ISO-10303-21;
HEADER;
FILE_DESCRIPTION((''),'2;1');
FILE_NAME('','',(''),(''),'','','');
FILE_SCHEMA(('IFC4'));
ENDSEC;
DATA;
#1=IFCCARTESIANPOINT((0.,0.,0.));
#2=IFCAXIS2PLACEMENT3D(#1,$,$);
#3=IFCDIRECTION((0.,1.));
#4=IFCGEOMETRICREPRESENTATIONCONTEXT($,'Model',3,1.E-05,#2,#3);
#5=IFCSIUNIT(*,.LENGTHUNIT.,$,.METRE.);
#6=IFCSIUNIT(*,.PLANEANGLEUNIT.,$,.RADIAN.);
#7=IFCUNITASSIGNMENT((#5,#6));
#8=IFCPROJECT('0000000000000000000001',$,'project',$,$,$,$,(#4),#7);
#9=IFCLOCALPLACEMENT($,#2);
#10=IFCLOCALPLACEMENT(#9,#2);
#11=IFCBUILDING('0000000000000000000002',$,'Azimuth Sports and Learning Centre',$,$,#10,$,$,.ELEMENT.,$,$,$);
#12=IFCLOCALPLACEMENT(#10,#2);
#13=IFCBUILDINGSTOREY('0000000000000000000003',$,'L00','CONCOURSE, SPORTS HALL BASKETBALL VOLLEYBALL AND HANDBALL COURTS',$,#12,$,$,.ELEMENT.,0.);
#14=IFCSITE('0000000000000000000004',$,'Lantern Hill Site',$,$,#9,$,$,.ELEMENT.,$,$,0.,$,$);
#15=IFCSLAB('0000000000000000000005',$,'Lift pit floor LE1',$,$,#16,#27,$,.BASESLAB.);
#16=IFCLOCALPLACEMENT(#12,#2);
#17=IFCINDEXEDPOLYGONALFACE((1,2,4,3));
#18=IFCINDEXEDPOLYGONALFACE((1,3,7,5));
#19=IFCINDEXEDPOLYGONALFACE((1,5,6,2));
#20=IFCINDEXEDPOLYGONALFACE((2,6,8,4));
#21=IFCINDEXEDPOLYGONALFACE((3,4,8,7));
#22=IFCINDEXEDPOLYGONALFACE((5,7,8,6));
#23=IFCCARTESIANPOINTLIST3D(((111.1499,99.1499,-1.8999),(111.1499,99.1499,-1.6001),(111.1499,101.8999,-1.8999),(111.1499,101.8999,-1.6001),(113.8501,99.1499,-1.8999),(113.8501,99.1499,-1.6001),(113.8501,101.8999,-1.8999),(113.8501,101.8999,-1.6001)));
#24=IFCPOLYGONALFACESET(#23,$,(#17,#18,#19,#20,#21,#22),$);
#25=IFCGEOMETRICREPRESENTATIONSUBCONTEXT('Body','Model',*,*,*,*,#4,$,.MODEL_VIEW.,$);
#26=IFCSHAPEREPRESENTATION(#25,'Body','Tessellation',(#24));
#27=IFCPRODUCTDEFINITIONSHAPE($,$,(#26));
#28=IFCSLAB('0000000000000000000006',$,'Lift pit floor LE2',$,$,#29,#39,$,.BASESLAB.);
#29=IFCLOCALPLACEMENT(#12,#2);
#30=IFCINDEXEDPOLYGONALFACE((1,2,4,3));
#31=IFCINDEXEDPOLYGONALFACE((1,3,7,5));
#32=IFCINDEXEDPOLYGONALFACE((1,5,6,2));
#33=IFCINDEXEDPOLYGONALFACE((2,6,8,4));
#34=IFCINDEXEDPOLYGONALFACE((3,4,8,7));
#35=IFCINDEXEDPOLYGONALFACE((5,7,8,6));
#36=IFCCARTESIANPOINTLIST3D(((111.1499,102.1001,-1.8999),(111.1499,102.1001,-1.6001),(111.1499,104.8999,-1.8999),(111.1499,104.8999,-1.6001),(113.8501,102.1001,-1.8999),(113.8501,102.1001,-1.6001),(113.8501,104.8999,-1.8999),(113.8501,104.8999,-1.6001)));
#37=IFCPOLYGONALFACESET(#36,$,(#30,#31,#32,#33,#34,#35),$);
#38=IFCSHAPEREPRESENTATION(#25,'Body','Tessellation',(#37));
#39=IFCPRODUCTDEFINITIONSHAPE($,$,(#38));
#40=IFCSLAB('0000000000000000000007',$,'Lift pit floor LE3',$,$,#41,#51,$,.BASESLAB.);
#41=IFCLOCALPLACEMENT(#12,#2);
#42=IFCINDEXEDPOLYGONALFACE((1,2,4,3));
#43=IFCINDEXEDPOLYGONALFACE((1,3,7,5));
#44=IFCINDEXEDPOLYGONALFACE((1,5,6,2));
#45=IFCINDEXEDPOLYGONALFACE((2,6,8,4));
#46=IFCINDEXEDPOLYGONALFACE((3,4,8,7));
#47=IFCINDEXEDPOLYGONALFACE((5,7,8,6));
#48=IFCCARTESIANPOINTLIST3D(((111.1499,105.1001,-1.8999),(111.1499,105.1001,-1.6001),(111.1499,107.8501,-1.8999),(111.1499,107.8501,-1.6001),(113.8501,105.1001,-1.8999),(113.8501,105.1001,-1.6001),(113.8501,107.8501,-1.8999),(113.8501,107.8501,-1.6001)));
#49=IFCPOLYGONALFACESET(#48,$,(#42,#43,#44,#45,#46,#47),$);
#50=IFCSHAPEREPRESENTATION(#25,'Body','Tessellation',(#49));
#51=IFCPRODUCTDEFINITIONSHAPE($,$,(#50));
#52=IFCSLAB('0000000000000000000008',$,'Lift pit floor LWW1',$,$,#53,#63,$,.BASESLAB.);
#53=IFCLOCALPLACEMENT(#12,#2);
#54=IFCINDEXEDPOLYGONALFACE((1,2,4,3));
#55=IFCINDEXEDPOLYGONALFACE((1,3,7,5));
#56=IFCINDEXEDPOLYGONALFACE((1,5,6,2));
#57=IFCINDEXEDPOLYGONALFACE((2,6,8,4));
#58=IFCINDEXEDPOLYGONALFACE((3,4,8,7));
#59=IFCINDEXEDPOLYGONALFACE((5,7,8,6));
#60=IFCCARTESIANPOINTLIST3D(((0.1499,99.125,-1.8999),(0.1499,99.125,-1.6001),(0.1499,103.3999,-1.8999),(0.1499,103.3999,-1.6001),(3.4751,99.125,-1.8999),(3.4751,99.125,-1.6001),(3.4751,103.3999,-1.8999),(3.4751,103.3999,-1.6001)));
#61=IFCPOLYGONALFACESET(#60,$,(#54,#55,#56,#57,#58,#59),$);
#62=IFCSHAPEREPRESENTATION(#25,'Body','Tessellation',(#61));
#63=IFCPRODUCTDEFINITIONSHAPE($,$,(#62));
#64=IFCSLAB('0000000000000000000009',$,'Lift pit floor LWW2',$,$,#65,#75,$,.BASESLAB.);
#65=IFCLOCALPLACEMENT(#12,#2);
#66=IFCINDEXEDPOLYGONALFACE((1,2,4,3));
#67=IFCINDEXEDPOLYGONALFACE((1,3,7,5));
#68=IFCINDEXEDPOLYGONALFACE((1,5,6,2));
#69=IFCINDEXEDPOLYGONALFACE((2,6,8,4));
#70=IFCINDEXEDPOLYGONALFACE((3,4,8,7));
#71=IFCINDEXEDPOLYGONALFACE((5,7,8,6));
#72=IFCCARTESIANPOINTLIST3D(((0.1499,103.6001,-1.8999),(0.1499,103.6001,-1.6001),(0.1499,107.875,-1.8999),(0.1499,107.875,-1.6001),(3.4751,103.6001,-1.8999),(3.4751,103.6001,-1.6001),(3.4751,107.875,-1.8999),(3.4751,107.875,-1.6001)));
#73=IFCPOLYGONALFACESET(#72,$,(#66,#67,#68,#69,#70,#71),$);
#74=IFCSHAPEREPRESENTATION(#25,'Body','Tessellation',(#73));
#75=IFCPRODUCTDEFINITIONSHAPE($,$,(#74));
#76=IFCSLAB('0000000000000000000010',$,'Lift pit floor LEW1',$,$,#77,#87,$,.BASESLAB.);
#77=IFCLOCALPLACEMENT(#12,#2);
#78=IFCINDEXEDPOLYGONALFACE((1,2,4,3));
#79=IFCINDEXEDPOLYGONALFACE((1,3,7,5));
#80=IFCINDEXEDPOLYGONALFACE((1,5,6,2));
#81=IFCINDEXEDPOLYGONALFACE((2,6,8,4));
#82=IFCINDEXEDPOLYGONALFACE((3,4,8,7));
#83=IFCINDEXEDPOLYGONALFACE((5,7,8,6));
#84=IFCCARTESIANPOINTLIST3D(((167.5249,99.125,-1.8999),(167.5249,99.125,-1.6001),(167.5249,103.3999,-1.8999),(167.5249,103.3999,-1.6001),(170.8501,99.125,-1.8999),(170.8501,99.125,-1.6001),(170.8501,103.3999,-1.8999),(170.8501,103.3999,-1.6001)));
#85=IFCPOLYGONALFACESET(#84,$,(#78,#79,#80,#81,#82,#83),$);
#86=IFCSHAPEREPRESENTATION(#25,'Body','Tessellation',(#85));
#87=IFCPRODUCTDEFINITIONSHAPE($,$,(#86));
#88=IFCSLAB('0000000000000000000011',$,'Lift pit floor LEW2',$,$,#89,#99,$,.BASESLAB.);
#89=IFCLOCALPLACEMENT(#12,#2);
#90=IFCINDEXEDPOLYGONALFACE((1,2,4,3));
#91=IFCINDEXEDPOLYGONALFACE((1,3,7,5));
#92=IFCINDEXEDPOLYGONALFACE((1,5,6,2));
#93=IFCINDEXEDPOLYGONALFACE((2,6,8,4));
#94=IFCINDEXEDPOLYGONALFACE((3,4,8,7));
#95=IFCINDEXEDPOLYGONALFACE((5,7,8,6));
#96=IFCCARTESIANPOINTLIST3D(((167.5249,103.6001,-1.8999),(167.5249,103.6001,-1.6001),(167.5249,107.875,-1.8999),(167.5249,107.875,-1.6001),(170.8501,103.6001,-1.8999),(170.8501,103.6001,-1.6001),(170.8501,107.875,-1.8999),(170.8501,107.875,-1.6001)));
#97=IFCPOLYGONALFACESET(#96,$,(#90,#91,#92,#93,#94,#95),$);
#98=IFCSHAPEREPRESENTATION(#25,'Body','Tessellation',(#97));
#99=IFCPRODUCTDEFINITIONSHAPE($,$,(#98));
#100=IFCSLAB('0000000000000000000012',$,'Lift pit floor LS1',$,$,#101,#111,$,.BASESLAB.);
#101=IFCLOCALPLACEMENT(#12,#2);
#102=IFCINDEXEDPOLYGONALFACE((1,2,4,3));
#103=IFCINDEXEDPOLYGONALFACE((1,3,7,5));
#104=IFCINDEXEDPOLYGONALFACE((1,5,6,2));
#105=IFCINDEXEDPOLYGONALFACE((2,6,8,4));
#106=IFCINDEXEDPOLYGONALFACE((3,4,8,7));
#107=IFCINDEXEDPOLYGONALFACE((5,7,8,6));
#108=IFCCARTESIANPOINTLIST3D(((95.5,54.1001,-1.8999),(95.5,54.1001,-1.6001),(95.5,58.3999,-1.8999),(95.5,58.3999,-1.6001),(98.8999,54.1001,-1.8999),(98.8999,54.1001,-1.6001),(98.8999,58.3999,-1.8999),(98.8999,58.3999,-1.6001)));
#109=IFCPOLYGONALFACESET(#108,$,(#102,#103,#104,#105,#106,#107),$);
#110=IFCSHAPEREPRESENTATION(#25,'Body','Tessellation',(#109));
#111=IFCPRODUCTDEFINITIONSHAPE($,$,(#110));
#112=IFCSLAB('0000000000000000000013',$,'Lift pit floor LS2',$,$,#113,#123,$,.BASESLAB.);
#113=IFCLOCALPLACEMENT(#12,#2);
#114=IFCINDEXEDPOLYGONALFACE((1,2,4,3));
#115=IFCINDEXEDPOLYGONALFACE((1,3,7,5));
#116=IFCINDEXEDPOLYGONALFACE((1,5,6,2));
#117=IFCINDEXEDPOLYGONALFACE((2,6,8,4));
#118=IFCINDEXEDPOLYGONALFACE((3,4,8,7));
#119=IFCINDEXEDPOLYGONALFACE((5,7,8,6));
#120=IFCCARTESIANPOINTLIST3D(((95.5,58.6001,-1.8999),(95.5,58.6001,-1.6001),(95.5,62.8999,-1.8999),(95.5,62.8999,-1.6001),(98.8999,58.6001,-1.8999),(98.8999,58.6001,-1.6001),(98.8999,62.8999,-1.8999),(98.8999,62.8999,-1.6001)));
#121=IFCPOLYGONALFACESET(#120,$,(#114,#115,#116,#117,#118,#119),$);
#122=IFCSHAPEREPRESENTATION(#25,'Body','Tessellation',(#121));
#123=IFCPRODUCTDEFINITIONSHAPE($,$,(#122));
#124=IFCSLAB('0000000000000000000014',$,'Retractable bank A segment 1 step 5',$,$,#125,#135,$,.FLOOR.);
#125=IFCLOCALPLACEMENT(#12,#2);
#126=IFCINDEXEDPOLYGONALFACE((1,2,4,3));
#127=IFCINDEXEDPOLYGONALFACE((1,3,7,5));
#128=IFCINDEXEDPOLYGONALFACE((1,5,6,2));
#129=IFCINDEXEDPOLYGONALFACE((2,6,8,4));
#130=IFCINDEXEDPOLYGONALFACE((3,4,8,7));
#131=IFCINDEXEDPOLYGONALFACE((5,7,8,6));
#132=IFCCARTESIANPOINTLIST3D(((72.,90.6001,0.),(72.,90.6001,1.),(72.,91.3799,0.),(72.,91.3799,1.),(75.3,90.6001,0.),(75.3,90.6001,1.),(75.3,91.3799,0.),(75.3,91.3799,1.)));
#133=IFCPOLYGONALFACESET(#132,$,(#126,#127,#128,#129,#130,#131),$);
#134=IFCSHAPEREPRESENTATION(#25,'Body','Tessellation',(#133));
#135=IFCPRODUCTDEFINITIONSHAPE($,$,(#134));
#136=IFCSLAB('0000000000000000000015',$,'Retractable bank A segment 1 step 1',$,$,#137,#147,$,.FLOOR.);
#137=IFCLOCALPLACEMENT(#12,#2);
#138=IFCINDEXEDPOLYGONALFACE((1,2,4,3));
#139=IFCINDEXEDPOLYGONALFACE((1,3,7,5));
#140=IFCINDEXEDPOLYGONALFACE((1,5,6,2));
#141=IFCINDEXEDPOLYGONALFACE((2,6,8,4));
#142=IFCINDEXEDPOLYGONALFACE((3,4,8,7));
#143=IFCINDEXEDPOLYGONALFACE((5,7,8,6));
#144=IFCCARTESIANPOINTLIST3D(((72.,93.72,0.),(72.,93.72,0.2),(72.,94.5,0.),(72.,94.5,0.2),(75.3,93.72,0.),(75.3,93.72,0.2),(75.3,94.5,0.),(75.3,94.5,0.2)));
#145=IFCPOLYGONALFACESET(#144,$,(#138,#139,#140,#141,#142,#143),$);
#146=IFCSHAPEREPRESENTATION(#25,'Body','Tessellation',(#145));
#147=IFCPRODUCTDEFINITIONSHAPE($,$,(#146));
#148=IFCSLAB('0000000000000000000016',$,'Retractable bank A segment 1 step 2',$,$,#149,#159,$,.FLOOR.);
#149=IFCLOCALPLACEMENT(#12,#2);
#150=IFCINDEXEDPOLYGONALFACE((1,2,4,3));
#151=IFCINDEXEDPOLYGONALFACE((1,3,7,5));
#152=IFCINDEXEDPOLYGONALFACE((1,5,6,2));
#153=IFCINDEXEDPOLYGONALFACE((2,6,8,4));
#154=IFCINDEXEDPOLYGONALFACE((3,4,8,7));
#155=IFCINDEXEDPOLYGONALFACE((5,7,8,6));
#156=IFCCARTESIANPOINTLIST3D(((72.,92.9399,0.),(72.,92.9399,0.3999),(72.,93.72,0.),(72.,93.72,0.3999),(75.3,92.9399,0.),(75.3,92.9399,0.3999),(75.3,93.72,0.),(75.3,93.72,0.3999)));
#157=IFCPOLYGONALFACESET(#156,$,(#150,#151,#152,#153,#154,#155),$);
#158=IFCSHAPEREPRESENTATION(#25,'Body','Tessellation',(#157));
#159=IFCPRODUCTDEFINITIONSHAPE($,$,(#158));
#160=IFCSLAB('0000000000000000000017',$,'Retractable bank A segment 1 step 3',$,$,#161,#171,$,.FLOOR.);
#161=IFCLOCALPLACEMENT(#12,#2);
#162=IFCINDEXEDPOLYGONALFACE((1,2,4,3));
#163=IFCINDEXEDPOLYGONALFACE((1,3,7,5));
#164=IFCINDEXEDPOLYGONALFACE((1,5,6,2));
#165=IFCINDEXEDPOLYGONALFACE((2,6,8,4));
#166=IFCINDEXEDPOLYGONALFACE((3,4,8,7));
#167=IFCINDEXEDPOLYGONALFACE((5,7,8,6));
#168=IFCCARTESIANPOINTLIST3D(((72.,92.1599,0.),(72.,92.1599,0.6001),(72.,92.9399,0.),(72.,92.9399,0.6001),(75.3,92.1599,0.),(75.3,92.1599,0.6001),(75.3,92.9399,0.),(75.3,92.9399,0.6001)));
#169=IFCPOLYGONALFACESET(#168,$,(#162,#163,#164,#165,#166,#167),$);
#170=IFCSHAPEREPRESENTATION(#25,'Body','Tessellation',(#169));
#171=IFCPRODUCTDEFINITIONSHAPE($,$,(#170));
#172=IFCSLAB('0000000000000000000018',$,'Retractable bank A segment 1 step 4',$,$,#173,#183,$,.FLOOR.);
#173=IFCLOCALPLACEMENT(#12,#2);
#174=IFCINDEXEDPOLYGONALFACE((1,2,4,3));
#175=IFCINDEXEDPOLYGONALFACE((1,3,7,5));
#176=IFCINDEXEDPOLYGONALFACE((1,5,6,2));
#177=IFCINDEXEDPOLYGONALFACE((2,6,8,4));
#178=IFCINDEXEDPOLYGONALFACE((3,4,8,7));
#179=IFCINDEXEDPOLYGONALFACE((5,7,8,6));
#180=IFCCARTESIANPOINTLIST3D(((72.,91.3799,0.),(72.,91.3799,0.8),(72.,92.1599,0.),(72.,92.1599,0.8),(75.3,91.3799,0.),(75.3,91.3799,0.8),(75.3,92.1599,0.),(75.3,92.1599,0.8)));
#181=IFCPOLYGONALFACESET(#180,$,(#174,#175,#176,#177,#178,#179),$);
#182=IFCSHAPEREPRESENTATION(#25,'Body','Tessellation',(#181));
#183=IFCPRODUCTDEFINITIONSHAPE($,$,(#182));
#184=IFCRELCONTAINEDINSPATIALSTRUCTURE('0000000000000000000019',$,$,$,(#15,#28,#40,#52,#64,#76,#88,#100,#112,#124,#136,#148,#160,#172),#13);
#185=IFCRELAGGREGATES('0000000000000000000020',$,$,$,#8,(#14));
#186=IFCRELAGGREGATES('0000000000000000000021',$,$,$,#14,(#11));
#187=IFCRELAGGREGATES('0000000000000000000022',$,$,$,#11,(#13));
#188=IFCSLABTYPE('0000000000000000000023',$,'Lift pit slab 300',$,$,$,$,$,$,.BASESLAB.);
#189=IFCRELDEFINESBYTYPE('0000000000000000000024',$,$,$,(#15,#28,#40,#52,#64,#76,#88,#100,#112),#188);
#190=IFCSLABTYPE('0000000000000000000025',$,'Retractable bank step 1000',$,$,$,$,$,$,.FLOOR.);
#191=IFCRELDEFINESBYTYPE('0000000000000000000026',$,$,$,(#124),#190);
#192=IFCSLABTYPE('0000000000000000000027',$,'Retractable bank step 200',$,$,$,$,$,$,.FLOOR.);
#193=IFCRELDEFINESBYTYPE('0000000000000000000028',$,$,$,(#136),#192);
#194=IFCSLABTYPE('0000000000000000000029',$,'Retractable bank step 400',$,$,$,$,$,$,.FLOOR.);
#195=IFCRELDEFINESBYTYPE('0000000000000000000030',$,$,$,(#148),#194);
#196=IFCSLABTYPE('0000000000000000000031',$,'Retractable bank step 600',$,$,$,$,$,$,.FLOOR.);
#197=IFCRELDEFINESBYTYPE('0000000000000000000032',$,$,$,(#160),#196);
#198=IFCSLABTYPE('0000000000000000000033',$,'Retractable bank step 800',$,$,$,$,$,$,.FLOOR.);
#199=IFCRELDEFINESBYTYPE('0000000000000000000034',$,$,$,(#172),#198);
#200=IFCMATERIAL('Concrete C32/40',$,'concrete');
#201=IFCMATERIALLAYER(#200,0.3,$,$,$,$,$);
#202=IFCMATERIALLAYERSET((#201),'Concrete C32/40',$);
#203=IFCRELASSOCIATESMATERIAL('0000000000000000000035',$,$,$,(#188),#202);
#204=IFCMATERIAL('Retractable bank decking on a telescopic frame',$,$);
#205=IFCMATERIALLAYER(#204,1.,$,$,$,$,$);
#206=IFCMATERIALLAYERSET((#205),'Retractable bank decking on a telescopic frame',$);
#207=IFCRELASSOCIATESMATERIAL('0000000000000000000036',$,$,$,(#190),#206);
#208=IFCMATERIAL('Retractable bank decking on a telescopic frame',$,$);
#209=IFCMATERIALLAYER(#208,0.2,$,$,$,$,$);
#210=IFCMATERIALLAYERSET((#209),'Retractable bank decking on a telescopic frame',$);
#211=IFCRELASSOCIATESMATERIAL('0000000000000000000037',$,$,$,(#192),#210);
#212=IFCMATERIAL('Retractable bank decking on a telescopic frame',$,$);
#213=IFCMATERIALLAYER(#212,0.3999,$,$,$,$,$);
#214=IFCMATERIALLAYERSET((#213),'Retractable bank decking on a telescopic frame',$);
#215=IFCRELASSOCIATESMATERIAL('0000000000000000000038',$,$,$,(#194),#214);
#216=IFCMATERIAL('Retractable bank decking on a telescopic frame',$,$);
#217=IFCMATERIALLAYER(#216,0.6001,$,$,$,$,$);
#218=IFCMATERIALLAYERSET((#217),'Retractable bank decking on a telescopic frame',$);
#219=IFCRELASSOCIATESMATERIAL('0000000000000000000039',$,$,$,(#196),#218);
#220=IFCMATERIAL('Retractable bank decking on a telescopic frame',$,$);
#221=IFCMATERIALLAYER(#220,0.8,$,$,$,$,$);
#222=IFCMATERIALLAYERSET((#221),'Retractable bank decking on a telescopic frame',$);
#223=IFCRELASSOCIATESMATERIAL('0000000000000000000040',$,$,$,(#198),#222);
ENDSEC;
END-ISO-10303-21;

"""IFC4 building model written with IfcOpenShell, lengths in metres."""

from ifc_helpers import new_model, si_unit, direction, frame, origin, place, context, subcontext, project, spatial, polyline, outline, extrude, material, layer, layer_set, type_object, element, save


model = new_model("IFC4")

# Units and contexts
model_context = context("Model", 3, precision=1e-05, world=origin(), true_north=direction((0.0, 1.0)))
body_context = subcontext(model_context, "Body", "Model", "MODEL_VIEW")
ifc_project = project(units=[si_unit("LENGTHUNIT", "METRE"), si_unit("PLANEANGLEUNIT", "RADIAN")], contexts=[model_context])

# Site, building, storey
site_placement = place(None, origin())
site = spatial("IfcSite", under=ifc_project, at=site_placement, Name="Lantern Hill Site", CompositionType="ELEMENT", RefElevation=0.0)
building_placement = place(site_placement, origin())
building = spatial("IfcBuilding", under=site, at=building_placement, Name="Azimuth Sports and Learning Centre", CompositionType="ELEMENT")
storey_placement = place(building_placement, origin())
storey = spatial("IfcBuildingStorey", under=building, at=storey_placement, Name="L00", Description="CONCOURSE, SPORTS HALL BASKETBALL VOLLEYBALL AND HANDBALL COURTS", CompositionType="ELEMENT", Elevation=0.0)

# Slabs
ifc_material_1 = material(Name="Concrete C32/40", Category="concrete")
ifc_layer_1 = layer(ifc_material_1, 0.3)
ifc_layer_set_1 = layer_set([ifc_layer_1], Name="Concrete C32/40")
slab_type_1 = type_object("IfcSlabType", Name="Lift pit slab 300", PredefinedType="BASESLAB", material=ifc_layer_set_1)
slab_1_placement = place(storey_placement, frame((0.0, 0.0, -1.8999)))
element("IfcSlab", 1, at=slab_1_placement, inside=storey, type_object=slab_type_1, Name="Lift pit floor LE1", PredefinedType="BASESLAB", context=body_context, shape_type="SweptSolid", body=[
    extrude(outline(polyline([(111.1499, 99.1499), (113.8501, 99.1499), (113.8501, 101.8999), (111.1499, 101.8999), (111.1499, 99.1499)])), origin(), (0.0, 0.0, 1.0), 0.2998),
])
slab_2_placement = place(storey_placement, frame((0.0, 0.0, -1.8999)))
element("IfcSlab", 2, at=slab_2_placement, inside=storey, type_object=slab_type_1, Name="Lift pit floor LE2", PredefinedType="BASESLAB", context=body_context, shape_type="SweptSolid", body=[
    extrude(outline(polyline([(111.1499, 102.1001), (113.8501, 102.1001), (113.8501, 104.8999), (111.1499, 104.8999), (111.1499, 102.1001)])), origin(), (0.0, 0.0, 1.0), 0.2998),
])
slab_3_placement = place(storey_placement, frame((0.0, 0.0, -1.8999)))
element("IfcSlab", 3, at=slab_3_placement, inside=storey, type_object=slab_type_1, Name="Lift pit floor LE3", PredefinedType="BASESLAB", context=body_context, shape_type="SweptSolid", body=[
    extrude(outline(polyline([(111.1499, 105.1001), (113.8501, 105.1001), (113.8501, 107.8501), (111.1499, 107.8501), (111.1499, 105.1001)])), origin(), (0.0, 0.0, 1.0), 0.2998),
])
slab_4_placement = place(storey_placement, frame((0.0, 0.0, -1.8999)))
element("IfcSlab", 4, at=slab_4_placement, inside=storey, type_object=slab_type_1, Name="Lift pit floor LWW1", PredefinedType="BASESLAB", context=body_context, shape_type="SweptSolid", body=[
    extrude(outline(polyline([(0.1499, 99.125), (3.4751, 99.125), (3.4751, 103.3999), (0.1499, 103.3999), (0.1499, 99.125)])), origin(), (0.0, 0.0, 1.0), 0.2998),
])
slab_5_placement = place(storey_placement, frame((0.0, 0.0, -1.8999)))
element("IfcSlab", 5, at=slab_5_placement, inside=storey, type_object=slab_type_1, Name="Lift pit floor LWW2", PredefinedType="BASESLAB", context=body_context, shape_type="SweptSolid", body=[
    extrude(outline(polyline([(0.1499, 103.6001), (3.4751, 103.6001), (3.4751, 107.875), (0.1499, 107.875), (0.1499, 103.6001)])), origin(), (0.0, 0.0, 1.0), 0.2998),
])
slab_6_placement = place(storey_placement, frame((0.0, 0.0, -1.8999)))
element("IfcSlab", 6, at=slab_6_placement, inside=storey, type_object=slab_type_1, Name="Lift pit floor LEW1", PredefinedType="BASESLAB", context=body_context, shape_type="SweptSolid", body=[
    extrude(outline(polyline([(167.5249, 99.125), (170.8501, 99.125), (170.8501, 103.3999), (167.5249, 103.3999), (167.5249, 99.125)])), origin(), (0.0, 0.0, 1.0), 0.2998),
])
slab_7_placement = place(storey_placement, frame((0.0, 0.0, -1.8999)))
element("IfcSlab", 7, at=slab_7_placement, inside=storey, type_object=slab_type_1, Name="Lift pit floor LEW2", PredefinedType="BASESLAB", context=body_context, shape_type="SweptSolid", body=[
    extrude(outline(polyline([(167.5249, 103.6001), (170.8501, 103.6001), (170.8501, 107.875), (167.5249, 107.875), (167.5249, 103.6001)])), origin(), (0.0, 0.0, 1.0), 0.2998),
])
slab_8_placement = place(storey_placement, frame((0.0, 0.0, -1.8999)))
element("IfcSlab", 8, at=slab_8_placement, inside=storey, type_object=slab_type_1, Name="Lift pit floor LS1", PredefinedType="BASESLAB", context=body_context, shape_type="SweptSolid", body=[
    extrude(outline(polyline([(95.5, 54.1001), (98.8999, 54.1001), (98.8999, 58.3999), (95.5, 58.3999), (95.5, 54.1001)])), origin(), (0.0, 0.0, 1.0), 0.2998),
])
slab_9_placement = place(storey_placement, frame((0.0, 0.0, -1.8999)))
element("IfcSlab", 9, at=slab_9_placement, inside=storey, type_object=slab_type_1, Name="Lift pit floor LS2", PredefinedType="BASESLAB", context=body_context, shape_type="SweptSolid", body=[
    extrude(outline(polyline([(95.5, 58.6001), (98.8999, 58.6001), (98.8999, 62.8999), (95.5, 62.8999), (95.5, 58.6001)])), origin(), (0.0, 0.0, 1.0), 0.2998),
])
ifc_material_2 = material(Name="Retractable bank decking on a telescopic frame")
ifc_layer_2 = layer(ifc_material_2, 1.0)
ifc_layer_set_2 = layer_set([ifc_layer_2], Name="Retractable bank decking on a telescopic frame")
slab_type_2 = type_object("IfcSlabType", Name="Retractable bank step 1000", PredefinedType="FLOOR", material=ifc_layer_set_2)
slab_10_placement = place(storey_placement, origin())
element("IfcSlab", 10, at=slab_10_placement, inside=storey, type_object=slab_type_2, Name="Retractable bank A segment 1 step 5", PredefinedType="FLOOR", context=body_context, shape_type="SweptSolid", body=[
    extrude(outline(polyline([(72.0, 90.6001), (75.3, 90.6001), (75.3, 91.3799), (72.0, 91.3799), (72.0, 90.6001)])), origin(), (0.0, 0.0, 1.0), 1.0),
])
ifc_material_3 = material(Name="Retractable bank decking on a telescopic frame")
ifc_layer_3 = layer(ifc_material_3, 0.2)
ifc_layer_set_3 = layer_set([ifc_layer_3], Name="Retractable bank decking on a telescopic frame")
slab_type_3 = type_object("IfcSlabType", Name="Retractable bank step 200", PredefinedType="FLOOR", material=ifc_layer_set_3)
slab_11_placement = place(storey_placement, origin())
element("IfcSlab", 11, at=slab_11_placement, inside=storey, type_object=slab_type_3, Name="Retractable bank A segment 1 step 1", PredefinedType="FLOOR", context=body_context, shape_type="SweptSolid", body=[
    extrude(outline(polyline([(72.0, 93.72), (75.3, 93.72), (75.3, 94.5), (72.0, 94.5), (72.0, 93.72)])), origin(), (0.0, 0.0, 1.0), 0.2),
])
ifc_material_4 = material(Name="Retractable bank decking on a telescopic frame")
ifc_layer_4 = layer(ifc_material_4, 0.3999)
ifc_layer_set_4 = layer_set([ifc_layer_4], Name="Retractable bank decking on a telescopic frame")
slab_type_4 = type_object("IfcSlabType", Name="Retractable bank step 400", PredefinedType="FLOOR", material=ifc_layer_set_4)
slab_12_placement = place(storey_placement, origin())
element("IfcSlab", 12, at=slab_12_placement, inside=storey, type_object=slab_type_4, Name="Retractable bank A segment 1 step 2", PredefinedType="FLOOR", context=body_context, shape_type="SweptSolid", body=[
    extrude(outline(polyline([(72.0, 92.9399), (75.3, 92.9399), (75.3, 93.72), (72.0, 93.72), (72.0, 92.9399)])), origin(), (0.0, 0.0, 1.0), 0.3999),
])
ifc_material_5 = material(Name="Retractable bank decking on a telescopic frame")
ifc_layer_5 = layer(ifc_material_5, 0.6001)
ifc_layer_set_5 = layer_set([ifc_layer_5], Name="Retractable bank decking on a telescopic frame")
slab_type_5 = type_object("IfcSlabType", Name="Retractable bank step 600", PredefinedType="FLOOR", material=ifc_layer_set_5)
slab_13_placement = place(storey_placement, origin())
element("IfcSlab", 13, at=slab_13_placement, inside=storey, type_object=slab_type_5, Name="Retractable bank A segment 1 step 3", PredefinedType="FLOOR", context=body_context, shape_type="SweptSolid", body=[
    extrude(outline(polyline([(72.0, 92.1599), (75.3, 92.1599), (75.3, 92.9399), (72.0, 92.9399), (72.0, 92.1599)])), origin(), (0.0, 0.0, 1.0), 0.6001),
])
ifc_material_6 = material(Name="Retractable bank decking on a telescopic frame")
ifc_layer_6 = layer(ifc_material_6, 0.8)
ifc_layer_set_6 = layer_set([ifc_layer_6], Name="Retractable bank decking on a telescopic frame")
slab_type_6 = type_object("IfcSlabType", Name="Retractable bank step 800", PredefinedType="FLOOR", material=ifc_layer_set_6)
slab_14_placement = place(storey_placement, origin())
element("IfcSlab", 14, at=slab_14_placement, inside=storey, type_object=slab_type_6, Name="Retractable bank A segment 1 step 4", PredefinedType="FLOOR", context=body_context, shape_type="SweptSolid", body=[
    extrude(outline(polyline([(72.0, 91.3799), (75.3, 91.3799), (75.3, 92.1599), (72.0, 92.1599), (72.0, 91.3799)])), origin(), (0.0, 0.0, 1.0), 0.8),
])

save(model, "model.ifc")
